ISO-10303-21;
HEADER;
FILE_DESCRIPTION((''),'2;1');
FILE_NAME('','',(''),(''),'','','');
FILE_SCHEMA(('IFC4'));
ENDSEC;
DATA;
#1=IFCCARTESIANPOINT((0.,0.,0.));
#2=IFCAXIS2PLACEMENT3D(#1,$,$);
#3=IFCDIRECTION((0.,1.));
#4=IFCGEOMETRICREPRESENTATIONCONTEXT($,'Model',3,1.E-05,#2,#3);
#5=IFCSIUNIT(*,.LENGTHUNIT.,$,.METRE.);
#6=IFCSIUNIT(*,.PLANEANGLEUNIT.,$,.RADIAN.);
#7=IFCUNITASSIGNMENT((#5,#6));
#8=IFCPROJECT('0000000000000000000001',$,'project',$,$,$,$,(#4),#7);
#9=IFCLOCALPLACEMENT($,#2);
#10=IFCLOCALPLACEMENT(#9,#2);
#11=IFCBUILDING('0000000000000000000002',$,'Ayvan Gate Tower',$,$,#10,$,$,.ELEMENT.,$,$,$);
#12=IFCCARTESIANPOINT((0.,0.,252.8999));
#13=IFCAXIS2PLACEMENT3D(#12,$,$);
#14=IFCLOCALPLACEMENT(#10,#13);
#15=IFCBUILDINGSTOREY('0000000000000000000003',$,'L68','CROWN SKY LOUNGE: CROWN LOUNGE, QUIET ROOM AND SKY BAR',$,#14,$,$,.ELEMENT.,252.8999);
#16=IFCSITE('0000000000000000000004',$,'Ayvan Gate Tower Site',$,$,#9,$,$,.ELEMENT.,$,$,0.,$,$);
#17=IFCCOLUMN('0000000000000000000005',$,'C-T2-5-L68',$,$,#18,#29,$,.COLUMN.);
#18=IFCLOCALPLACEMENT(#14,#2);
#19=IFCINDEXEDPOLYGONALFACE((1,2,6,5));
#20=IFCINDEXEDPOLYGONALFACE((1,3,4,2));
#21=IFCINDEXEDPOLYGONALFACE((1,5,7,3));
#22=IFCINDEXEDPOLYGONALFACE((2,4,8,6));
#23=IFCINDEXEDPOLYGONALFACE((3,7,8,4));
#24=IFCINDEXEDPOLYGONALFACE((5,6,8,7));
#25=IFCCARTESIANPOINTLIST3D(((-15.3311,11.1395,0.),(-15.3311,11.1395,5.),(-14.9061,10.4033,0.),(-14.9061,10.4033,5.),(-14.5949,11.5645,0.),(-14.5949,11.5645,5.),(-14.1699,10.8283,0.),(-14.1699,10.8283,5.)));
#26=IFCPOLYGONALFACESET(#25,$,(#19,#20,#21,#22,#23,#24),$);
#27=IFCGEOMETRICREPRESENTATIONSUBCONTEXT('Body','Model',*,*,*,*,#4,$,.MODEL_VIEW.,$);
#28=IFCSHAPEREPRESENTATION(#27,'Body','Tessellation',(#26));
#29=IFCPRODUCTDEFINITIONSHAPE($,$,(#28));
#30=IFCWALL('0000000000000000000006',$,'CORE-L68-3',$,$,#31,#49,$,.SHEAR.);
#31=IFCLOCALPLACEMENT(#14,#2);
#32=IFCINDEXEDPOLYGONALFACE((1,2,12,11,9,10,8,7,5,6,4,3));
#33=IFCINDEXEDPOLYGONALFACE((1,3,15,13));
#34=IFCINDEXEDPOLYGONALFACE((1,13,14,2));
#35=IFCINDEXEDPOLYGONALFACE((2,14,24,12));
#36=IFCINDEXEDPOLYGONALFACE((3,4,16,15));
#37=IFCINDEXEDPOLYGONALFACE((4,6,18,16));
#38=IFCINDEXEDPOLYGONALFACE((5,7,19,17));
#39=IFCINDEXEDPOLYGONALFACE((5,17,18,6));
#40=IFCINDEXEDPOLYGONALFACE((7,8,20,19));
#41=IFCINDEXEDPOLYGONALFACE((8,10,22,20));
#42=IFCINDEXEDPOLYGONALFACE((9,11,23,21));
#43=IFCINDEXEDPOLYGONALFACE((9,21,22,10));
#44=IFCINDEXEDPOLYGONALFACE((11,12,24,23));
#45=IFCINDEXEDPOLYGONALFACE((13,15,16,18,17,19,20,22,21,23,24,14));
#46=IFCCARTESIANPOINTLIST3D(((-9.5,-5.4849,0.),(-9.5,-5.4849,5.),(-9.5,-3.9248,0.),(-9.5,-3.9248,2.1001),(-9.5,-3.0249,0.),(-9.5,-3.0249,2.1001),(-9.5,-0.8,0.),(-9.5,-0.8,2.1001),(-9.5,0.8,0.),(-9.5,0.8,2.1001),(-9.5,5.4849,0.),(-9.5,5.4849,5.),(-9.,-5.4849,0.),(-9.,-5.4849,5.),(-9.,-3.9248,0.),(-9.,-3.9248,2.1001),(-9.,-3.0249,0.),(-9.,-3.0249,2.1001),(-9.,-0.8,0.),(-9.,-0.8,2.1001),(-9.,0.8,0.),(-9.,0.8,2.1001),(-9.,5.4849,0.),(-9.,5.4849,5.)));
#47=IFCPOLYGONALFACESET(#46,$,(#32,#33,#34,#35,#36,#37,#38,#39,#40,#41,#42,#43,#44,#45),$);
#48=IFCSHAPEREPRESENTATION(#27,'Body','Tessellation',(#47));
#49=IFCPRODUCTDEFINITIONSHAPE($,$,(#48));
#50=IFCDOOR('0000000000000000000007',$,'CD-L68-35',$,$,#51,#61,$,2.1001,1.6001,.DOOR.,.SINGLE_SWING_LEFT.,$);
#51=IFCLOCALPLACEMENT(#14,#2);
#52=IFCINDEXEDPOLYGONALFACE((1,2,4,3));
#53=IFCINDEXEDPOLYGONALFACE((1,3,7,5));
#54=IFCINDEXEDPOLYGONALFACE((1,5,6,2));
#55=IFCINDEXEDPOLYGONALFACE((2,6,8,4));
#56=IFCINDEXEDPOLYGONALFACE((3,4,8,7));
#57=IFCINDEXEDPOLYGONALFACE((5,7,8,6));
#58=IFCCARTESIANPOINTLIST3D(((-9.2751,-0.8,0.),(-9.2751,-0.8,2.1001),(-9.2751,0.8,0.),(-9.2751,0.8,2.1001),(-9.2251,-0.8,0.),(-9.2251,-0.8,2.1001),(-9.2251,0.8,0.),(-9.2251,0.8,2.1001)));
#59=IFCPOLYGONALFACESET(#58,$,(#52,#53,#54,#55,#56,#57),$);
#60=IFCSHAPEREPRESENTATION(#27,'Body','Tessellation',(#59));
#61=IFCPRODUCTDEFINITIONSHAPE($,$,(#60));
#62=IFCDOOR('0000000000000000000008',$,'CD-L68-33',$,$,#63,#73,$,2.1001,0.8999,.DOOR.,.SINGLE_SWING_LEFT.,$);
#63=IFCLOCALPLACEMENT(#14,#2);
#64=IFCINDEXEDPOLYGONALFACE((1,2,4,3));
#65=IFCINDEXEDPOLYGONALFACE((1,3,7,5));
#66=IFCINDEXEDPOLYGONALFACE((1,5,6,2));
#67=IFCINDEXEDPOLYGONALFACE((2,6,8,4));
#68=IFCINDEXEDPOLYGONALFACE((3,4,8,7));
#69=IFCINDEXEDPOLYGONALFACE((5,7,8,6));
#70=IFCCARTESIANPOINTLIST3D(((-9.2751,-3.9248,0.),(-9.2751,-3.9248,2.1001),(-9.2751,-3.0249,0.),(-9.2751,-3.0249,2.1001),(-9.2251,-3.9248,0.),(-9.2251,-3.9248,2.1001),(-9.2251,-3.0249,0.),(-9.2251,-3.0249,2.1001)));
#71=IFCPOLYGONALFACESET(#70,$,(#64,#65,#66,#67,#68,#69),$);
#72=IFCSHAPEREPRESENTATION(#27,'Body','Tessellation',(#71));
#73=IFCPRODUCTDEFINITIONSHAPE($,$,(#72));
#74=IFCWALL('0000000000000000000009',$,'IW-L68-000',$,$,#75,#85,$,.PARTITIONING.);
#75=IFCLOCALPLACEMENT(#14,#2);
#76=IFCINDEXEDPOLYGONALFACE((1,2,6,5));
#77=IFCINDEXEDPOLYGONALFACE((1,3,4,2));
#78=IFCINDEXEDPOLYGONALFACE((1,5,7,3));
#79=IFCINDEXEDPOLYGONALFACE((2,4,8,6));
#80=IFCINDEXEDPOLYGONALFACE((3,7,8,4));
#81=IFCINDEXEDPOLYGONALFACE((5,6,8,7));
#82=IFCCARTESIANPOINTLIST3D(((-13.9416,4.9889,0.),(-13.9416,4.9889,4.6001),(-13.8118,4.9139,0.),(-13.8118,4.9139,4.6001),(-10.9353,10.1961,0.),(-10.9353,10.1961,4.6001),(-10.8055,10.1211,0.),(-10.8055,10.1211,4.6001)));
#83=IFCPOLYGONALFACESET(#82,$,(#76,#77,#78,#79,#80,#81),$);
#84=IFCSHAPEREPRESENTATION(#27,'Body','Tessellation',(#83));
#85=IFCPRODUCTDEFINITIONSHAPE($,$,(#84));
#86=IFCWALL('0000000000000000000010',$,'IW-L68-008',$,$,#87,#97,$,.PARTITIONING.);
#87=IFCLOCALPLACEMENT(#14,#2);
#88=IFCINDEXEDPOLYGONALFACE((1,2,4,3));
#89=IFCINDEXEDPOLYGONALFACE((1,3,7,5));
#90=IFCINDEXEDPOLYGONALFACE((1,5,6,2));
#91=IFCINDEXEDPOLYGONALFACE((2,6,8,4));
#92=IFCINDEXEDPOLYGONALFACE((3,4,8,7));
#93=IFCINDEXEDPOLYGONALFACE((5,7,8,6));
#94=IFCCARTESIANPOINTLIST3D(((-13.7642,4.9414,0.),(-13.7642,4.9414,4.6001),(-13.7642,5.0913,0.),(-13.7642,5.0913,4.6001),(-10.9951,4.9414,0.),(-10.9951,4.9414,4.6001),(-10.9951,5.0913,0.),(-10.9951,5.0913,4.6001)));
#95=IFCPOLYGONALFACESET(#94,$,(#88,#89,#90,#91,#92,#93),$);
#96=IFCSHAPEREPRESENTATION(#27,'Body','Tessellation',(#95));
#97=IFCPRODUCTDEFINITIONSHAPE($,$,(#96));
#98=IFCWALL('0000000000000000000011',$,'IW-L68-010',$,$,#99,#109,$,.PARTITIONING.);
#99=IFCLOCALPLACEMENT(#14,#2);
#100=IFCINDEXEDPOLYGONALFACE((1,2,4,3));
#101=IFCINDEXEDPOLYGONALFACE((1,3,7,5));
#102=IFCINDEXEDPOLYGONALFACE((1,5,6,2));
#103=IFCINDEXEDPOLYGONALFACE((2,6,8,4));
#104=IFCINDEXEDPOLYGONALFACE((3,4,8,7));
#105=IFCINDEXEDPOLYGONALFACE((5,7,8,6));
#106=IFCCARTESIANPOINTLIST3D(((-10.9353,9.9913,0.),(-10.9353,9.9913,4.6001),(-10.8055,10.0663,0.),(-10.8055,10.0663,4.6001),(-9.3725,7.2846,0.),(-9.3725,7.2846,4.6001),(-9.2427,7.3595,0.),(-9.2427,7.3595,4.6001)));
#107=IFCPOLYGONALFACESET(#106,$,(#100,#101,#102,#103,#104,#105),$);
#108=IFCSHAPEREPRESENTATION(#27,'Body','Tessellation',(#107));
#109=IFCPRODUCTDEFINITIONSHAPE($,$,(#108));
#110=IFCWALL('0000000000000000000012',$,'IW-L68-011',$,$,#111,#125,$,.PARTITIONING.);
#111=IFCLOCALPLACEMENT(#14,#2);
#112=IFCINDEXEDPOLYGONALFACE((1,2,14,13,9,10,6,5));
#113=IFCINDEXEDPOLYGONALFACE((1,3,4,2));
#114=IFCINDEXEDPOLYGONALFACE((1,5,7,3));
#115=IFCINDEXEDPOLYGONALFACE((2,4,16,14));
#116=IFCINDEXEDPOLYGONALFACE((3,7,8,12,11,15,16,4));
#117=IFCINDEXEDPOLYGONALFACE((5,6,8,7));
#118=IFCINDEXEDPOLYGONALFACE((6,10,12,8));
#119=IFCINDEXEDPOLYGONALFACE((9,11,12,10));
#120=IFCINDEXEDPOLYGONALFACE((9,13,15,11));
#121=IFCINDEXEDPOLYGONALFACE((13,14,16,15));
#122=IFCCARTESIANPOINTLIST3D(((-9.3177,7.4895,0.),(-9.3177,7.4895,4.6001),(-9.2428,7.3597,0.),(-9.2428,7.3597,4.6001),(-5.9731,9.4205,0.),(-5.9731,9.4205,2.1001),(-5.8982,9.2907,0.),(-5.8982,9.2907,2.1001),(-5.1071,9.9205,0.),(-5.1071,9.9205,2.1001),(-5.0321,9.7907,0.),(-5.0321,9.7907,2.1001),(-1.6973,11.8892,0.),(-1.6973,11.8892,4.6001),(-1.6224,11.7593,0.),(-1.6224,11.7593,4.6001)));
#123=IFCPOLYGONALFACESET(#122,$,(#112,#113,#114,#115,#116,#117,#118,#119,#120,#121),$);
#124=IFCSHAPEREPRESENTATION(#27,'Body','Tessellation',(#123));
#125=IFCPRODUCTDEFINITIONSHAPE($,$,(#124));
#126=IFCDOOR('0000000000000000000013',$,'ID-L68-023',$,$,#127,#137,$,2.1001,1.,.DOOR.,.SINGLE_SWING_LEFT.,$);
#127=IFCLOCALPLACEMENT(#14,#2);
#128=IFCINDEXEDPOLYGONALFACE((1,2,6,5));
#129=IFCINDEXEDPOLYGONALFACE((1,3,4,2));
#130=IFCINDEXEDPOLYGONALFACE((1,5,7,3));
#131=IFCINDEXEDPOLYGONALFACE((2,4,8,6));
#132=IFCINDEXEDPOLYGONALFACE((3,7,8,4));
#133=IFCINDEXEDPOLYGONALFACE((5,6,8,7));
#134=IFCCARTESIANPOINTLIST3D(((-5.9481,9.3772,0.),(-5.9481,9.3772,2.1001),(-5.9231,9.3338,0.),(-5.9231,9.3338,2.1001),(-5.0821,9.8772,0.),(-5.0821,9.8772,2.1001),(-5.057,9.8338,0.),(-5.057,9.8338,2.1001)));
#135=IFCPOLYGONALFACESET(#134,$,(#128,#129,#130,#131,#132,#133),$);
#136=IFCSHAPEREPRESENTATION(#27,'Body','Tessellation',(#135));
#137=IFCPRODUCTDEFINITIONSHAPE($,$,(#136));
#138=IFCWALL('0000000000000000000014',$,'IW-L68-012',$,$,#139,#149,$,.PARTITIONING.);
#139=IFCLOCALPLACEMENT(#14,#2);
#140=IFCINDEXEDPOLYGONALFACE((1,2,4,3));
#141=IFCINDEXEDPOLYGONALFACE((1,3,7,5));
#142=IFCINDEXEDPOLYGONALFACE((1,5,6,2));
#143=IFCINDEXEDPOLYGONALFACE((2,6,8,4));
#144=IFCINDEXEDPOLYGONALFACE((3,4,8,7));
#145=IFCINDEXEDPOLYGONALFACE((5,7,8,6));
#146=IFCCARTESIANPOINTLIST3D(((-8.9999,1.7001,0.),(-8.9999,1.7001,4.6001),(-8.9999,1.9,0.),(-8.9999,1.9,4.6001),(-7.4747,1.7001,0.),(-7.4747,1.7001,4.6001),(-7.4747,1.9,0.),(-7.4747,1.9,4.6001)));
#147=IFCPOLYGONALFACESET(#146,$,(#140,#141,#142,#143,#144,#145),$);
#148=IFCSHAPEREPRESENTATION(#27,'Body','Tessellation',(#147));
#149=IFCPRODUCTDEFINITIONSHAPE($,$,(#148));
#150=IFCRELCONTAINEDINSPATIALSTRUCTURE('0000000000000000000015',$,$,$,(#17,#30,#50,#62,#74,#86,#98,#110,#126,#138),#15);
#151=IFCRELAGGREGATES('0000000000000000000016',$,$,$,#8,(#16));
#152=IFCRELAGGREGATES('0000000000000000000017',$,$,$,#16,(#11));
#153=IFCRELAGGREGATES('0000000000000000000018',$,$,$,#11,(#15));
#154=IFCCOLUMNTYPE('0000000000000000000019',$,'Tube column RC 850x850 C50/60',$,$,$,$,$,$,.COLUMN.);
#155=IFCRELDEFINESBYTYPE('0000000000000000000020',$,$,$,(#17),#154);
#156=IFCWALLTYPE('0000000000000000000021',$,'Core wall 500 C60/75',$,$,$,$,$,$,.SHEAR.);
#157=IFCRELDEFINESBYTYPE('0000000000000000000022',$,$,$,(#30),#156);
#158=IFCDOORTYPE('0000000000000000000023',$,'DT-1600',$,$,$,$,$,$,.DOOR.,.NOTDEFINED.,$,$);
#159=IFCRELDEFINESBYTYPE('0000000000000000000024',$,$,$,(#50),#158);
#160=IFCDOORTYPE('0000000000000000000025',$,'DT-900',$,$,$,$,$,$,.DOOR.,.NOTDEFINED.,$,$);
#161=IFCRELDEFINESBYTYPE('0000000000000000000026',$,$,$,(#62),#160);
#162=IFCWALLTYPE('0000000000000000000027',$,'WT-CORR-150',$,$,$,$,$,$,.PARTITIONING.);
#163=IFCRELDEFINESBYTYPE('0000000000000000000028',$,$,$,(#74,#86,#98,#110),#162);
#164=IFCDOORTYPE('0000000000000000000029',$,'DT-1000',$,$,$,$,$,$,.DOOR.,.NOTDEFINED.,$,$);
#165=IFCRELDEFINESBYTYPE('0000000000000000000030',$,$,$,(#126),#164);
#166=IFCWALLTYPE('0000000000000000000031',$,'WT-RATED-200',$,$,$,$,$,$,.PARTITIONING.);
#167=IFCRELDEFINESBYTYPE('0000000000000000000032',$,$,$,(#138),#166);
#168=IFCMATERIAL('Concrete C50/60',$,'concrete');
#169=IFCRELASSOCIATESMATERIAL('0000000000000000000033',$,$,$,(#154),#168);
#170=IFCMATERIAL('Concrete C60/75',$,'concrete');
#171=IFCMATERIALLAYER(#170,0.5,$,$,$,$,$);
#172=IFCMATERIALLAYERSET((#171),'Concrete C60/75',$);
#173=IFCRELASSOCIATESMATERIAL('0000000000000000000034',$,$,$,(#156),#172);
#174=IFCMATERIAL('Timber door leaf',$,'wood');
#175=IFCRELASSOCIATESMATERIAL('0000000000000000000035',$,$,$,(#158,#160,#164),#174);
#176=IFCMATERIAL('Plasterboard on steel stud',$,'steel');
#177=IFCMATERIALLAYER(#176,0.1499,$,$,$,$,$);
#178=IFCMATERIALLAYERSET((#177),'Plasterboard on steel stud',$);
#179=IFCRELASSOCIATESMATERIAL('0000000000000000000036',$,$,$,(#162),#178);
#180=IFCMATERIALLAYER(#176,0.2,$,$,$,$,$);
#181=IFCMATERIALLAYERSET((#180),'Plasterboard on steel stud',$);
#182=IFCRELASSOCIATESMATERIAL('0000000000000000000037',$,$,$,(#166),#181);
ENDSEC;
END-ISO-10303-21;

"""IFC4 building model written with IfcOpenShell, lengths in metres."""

from ifc_helpers import new_model, si_unit, direction, frame, frame_2d, origin, origin_2d, place, context, subcontext, project, spatial, rectangle, extrude, material, layer, layer_set, material_profile, profile_set, type_object, element, fill, save


model = new_model("IFC4")

# Units and contexts
model_context = context("Model", 3, precision=1e-05, world=origin(), true_north=direction((0.0, 1.0)))
body_context = subcontext(model_context, "Body", "Model", "MODEL_VIEW")
ifc_project = project(units=[si_unit("LENGTHUNIT", "METRE"), si_unit("PLANEANGLEUNIT", "RADIAN")], contexts=[model_context])

# Site, building, storey
site_placement = place(None, origin())
site = spatial("IfcSite", under=ifc_project, at=site_placement, Name="Ayvan Gate Tower Site", CompositionType="ELEMENT", RefElevation=0.0)
building_placement = place(site_placement, origin())
building = spatial("IfcBuilding", under=site, at=building_placement, Name="Ayvan Gate Tower", CompositionType="ELEMENT")
storey_placement = place(building_placement, frame((0.0, 0.0, 252.8999)))
storey = spatial("IfcBuildingStorey", under=building, at=storey_placement, Name="L68", Description="CROWN SKY LOUNGE: CROWN LOUNGE, QUIET ROOM AND SKY BAR", CompositionType="ELEMENT", Elevation=252.8999)

# Column
ifc_material_1 = material(Name="Concrete C50/60", Category="concrete")
ifc_material_profile = material_profile(ifc_material_1, rectangle(XDim=0.8501, YDim=0.8501, at=origin_2d()), Name="RC 850x850")
ifc_profile_set = profile_set([ifc_material_profile], Name="Concrete C50/60")
column_type = type_object("IfcColumnType", Name="Tube column RC 850x850 C50/60", PredefinedType="COLUMN", material=ifc_profile_set)
column_placement = place(storey_placement, frame((-14.7505, 10.9839, 0.0), z_axis=(0.0, 0.0, 1.0), x_axis=(-0.5, 0.866025, 0.0)))
element("IfcColumn", 1, at=column_placement, inside=storey, type_object=column_type, Name="C-T2-5-L68", PredefinedType="COLUMN", context=body_context, shape_type="SweptSolid", body=[
    extrude(rectangle(XDim=0.8501, YDim=0.8501, at=origin_2d()), origin(), (0.0, 0.0, 1.0), 5.0),
])

# Wall, openings, doors
ifc_material_2 = material(Name="Concrete C60/75", Category="concrete")
ifc_layer_1 = layer(ifc_material_2, 0.5)
ifc_layer_set_1 = layer_set([ifc_layer_1], Name="Concrete C60/75")
wall_type_1 = type_object("IfcWallType", Name="Core wall 500 C60/75", PredefinedType="SHEAR", material=ifc_layer_set_1)
wall_1_placement = place(storey_placement, frame((-9.25, 5.4849, 0.0), z_axis=(0.0, 0.0, 1.0), x_axis=(0.0, -1.0, 0.0)))
wall_1 = element("IfcWall", 2, at=wall_1_placement, inside=storey, type_object=wall_type_1, Name="CORE-L68-3", PredefinedType="SHEAR", context=body_context, shape_type="SweptSolid", body=[
    extrude(rectangle(XDim=10.9697, YDim=0.5, at=frame_2d((5.4849, 0.0))), origin(), (0.0, 0.0, 1.0), 5.0),
])
opening_1_placement = place(wall_1_placement, frame((8.5098, 0.0, 0.0)))
opening_1 = element("IfcOpeningElement", 3, at=opening_1_placement, cuts=wall_1, PredefinedType="OPENING", context=body_context, shape_type="SweptSolid", body=[
    extrude(rectangle(XDim=0.8999, YDim=2.1001, at=frame_2d((0.45, 1.05))), frame((0.0, 0.26, 0.0), z_axis=(0.0, -1.0, 0.0), x_axis=(1.0, 0.0, 0.0)), (0.0, 0.0, 1.0), 0.52),
])
opening_2_placement = place(wall_1_placement, frame((4.6848, 0.0, 0.0)))
opening_2 = element("IfcOpeningElement", 4, at=opening_2_placement, cuts=wall_1, PredefinedType="OPENING", context=body_context, shape_type="SweptSolid", body=[
    extrude(rectangle(XDim=1.6001, YDim=2.1001, at=frame_2d((0.8, 1.05))), frame((0.0, 0.26, 0.0), z_axis=(0.0, -1.0, 0.0), x_axis=(1.0, 0.0, 0.0)), (0.0, 0.0, 1.0), 0.52),
])
ifc_material_3 = material(Name="Timber door leaf", Category="wood")
door_type_1 = type_object("IfcDoorType", Name="DT-1600", OperationType="NOTDEFINED", PredefinedType="DOOR", material=ifc_material_3)
door_1_placement = place(opening_2_placement, origin())
door_1 = element("IfcDoor", 5, at=door_1_placement, inside=storey, type_object=door_type_1, Name="CD-L68-35", OperationType="SINGLE_SWING_LEFT", OverallHeight=2.1001, OverallWidth=1.6001, PredefinedType="DOOR", context=body_context, shape_type="SweptSolid", body=[
    extrude(rectangle(XDim=1.6001, YDim=2.1001, at=frame_2d((0.8, 1.05))), frame((0.0, 0.0249, 0.0), z_axis=(0.0, -1.0, 0.0), x_axis=(1.0, 0.0, 0.0)), (0.0, 0.0, 1.0), 0.05),
])
fill(opening_2, door_1)
door_type_2 = type_object("IfcDoorType", Name="DT-900", OperationType="NOTDEFINED", PredefinedType="DOOR", material=ifc_material_3)
door_2_placement = place(opening_1_placement, origin())
door_2 = element("IfcDoor", 6, at=door_2_placement, inside=storey, type_object=door_type_2, Name="CD-L68-33", OperationType="SINGLE_SWING_LEFT", OverallHeight=2.1001, OverallWidth=0.8999, PredefinedType="DOOR", context=body_context, shape_type="SweptSolid", body=[
    extrude(rectangle(XDim=0.8999, YDim=2.1001, at=frame_2d((0.45, 1.05))), frame((0.0, 0.0249, 0.0), z_axis=(0.0, -1.0, 0.0), x_axis=(1.0, 0.0, 0.0)), (0.0, 0.0, 1.0), 0.05),
])
fill(opening_1, door_2)

# Walls
ifc_material_4 = material(Name="Plasterboard on steel stud", Category="steel")
ifc_layer_2 = layer(ifc_material_4, 0.1499)
ifc_layer_set_2 = layer_set([ifc_layer_2], Name="Plasterboard on steel stud")
wall_type_2 = type_object("IfcWallType", Name="WT-CORR-150", PredefinedType="PARTITIONING", material=ifc_layer_set_2)
wall_2_placement = place(storey_placement, frame((-13.8767, 4.9514, 0.0), z_axis=(0.0, 0.0, 1.0), x_axis=(0.499991, 0.866031, 0.0)))
element("IfcWall", 7, at=wall_2_placement, inside=storey, type_object=wall_type_2, Name="IW-L68-000", PredefinedType="PARTITIONING", context=body_context, shape_type="SweptSolid", body=[
    extrude(rectangle(XDim=6.0127, YDim=0.1499, at=frame_2d((3.0063, 0.0))), origin(), (0.0, 0.0, 1.0), 4.6001),
])
wall_3_placement = place(storey_placement, frame((-10.9951, 5.0164, 0.0), z_axis=(0.0, 0.0, 1.0), x_axis=(-1.0, 0.0, 0.0)))
element("IfcWall", 8, at=wall_3_placement, inside=storey, type_object=wall_type_2, Name="IW-L68-008", PredefinedType="PARTITIONING", context=body_context, shape_type="SweptSolid", body=[
    extrude(rectangle(XDim=2.769, YDim=0.1499, at=frame_2d((1.3845, 0.0))), origin(), (0.0, 0.0, 1.0), 4.6001),
])
wall_4_placement = place(storey_placement, frame((-10.8704, 10.0288, 0.0), z_axis=(0.0, 0.0, 1.0), x_axis=(0.499995, -0.866028, 0.0)))
element("IfcWall", 9, at=wall_4_placement, inside=storey, type_object=wall_type_2, Name="IW-L68-010", PredefinedType="PARTITIONING", context=body_context, shape_type="SweptSolid", body=[
    extrude(rectangle(XDim=3.1255, YDim=0.1499, at=frame_2d((1.5627, 0.0))), origin(), (0.0, 0.0, 1.0), 4.6001),
])

# Wall, opening, door
wall_5_placement = place(storey_placement, frame((-9.2803, 7.4246, 0.0), z_axis=(0.0, 0.0, 1.0), x_axis=(0.866023, 0.500003, 0.0)))
wall_5 = element("IfcWall", 10, at=wall_5_placement, inside=storey, type_object=wall_type_2, Name="IW-L68-011", PredefinedType="PARTITIONING", context=body_context, shape_type="SweptSolid", body=[
    extrude(rectangle(XDim=8.7993, YDim=0.1499, at=frame_2d((4.3997, 0.0))), origin(), (0.0, 0.0, 1.0), 4.6001),
])
opening_3_placement = place(wall_5_placement, frame((3.8621, 0.0, 0.0)))
opening_3 = element("IfcOpeningElement", 11, at=opening_3_placement, cuts=wall_5, PredefinedType="OPENING", context=body_context, shape_type="SweptSolid", body=[
    extrude(rectangle(XDim=1.0, YDim=2.1001, at=frame_2d((0.5, 1.05))), frame((0.0, 0.085, 0.0), z_axis=(0.0, -1.0, 0.0), x_axis=(1.0, 0.0, 0.0)), (0.0, 0.0, 1.0), 0.1699),
])
door_type_3 = type_object("IfcDoorType", Name="DT-1000", OperationType="NOTDEFINED", PredefinedType="DOOR", material=ifc_material_3)
door_3_placement = place(opening_3_placement, origin())
door_3 = element("IfcDoor", 12, at=door_3_placement, inside=storey, type_object=door_type_3, Name="ID-L68-023", OperationType="SINGLE_SWING_LEFT", OverallHeight=2.1001, OverallWidth=1.0, PredefinedType="DOOR", context=body_context, shape_type="SweptSolid", body=[
    extrude(rectangle(XDim=1.0, YDim=2.1001, at=frame_2d((0.5, 1.05))), frame((0.0, 0.0249, 0.0), z_axis=(0.0, -1.0, 0.0), x_axis=(1.0, 0.0, 0.0)), (0.0, 0.0, 1.0), 0.05),
])
fill(opening_3, door_3)

# Wall
ifc_layer_3 = layer(ifc_material_4, 0.2)
ifc_layer_set_3 = layer_set([ifc_layer_3], Name="Plasterboard on steel stud")
wall_type_3 = type_object("IfcWallType", Name="WT-RATED-200", PredefinedType="PARTITIONING", material=ifc_layer_set_3)
wall_6_placement = place(storey_placement, frame((-9.0, 1.8, 0.0), z_axis=(0.0, 0.0, 1.0), x_axis=(1.0, 0.0, 0.0)))
element("IfcWall", 13, at=wall_6_placement, inside=storey, type_object=wall_type_3, Name="IW-L68-012", PredefinedType="PARTITIONING", context=body_context, shape_type="SweptSolid", body=[
    extrude(rectangle(XDim=1.5251, YDim=0.2, at=frame_2d((0.7627, 0.0))), origin(), (0.0, 0.0, 1.0), 4.6001),
])

save(model, "model.ifc")
